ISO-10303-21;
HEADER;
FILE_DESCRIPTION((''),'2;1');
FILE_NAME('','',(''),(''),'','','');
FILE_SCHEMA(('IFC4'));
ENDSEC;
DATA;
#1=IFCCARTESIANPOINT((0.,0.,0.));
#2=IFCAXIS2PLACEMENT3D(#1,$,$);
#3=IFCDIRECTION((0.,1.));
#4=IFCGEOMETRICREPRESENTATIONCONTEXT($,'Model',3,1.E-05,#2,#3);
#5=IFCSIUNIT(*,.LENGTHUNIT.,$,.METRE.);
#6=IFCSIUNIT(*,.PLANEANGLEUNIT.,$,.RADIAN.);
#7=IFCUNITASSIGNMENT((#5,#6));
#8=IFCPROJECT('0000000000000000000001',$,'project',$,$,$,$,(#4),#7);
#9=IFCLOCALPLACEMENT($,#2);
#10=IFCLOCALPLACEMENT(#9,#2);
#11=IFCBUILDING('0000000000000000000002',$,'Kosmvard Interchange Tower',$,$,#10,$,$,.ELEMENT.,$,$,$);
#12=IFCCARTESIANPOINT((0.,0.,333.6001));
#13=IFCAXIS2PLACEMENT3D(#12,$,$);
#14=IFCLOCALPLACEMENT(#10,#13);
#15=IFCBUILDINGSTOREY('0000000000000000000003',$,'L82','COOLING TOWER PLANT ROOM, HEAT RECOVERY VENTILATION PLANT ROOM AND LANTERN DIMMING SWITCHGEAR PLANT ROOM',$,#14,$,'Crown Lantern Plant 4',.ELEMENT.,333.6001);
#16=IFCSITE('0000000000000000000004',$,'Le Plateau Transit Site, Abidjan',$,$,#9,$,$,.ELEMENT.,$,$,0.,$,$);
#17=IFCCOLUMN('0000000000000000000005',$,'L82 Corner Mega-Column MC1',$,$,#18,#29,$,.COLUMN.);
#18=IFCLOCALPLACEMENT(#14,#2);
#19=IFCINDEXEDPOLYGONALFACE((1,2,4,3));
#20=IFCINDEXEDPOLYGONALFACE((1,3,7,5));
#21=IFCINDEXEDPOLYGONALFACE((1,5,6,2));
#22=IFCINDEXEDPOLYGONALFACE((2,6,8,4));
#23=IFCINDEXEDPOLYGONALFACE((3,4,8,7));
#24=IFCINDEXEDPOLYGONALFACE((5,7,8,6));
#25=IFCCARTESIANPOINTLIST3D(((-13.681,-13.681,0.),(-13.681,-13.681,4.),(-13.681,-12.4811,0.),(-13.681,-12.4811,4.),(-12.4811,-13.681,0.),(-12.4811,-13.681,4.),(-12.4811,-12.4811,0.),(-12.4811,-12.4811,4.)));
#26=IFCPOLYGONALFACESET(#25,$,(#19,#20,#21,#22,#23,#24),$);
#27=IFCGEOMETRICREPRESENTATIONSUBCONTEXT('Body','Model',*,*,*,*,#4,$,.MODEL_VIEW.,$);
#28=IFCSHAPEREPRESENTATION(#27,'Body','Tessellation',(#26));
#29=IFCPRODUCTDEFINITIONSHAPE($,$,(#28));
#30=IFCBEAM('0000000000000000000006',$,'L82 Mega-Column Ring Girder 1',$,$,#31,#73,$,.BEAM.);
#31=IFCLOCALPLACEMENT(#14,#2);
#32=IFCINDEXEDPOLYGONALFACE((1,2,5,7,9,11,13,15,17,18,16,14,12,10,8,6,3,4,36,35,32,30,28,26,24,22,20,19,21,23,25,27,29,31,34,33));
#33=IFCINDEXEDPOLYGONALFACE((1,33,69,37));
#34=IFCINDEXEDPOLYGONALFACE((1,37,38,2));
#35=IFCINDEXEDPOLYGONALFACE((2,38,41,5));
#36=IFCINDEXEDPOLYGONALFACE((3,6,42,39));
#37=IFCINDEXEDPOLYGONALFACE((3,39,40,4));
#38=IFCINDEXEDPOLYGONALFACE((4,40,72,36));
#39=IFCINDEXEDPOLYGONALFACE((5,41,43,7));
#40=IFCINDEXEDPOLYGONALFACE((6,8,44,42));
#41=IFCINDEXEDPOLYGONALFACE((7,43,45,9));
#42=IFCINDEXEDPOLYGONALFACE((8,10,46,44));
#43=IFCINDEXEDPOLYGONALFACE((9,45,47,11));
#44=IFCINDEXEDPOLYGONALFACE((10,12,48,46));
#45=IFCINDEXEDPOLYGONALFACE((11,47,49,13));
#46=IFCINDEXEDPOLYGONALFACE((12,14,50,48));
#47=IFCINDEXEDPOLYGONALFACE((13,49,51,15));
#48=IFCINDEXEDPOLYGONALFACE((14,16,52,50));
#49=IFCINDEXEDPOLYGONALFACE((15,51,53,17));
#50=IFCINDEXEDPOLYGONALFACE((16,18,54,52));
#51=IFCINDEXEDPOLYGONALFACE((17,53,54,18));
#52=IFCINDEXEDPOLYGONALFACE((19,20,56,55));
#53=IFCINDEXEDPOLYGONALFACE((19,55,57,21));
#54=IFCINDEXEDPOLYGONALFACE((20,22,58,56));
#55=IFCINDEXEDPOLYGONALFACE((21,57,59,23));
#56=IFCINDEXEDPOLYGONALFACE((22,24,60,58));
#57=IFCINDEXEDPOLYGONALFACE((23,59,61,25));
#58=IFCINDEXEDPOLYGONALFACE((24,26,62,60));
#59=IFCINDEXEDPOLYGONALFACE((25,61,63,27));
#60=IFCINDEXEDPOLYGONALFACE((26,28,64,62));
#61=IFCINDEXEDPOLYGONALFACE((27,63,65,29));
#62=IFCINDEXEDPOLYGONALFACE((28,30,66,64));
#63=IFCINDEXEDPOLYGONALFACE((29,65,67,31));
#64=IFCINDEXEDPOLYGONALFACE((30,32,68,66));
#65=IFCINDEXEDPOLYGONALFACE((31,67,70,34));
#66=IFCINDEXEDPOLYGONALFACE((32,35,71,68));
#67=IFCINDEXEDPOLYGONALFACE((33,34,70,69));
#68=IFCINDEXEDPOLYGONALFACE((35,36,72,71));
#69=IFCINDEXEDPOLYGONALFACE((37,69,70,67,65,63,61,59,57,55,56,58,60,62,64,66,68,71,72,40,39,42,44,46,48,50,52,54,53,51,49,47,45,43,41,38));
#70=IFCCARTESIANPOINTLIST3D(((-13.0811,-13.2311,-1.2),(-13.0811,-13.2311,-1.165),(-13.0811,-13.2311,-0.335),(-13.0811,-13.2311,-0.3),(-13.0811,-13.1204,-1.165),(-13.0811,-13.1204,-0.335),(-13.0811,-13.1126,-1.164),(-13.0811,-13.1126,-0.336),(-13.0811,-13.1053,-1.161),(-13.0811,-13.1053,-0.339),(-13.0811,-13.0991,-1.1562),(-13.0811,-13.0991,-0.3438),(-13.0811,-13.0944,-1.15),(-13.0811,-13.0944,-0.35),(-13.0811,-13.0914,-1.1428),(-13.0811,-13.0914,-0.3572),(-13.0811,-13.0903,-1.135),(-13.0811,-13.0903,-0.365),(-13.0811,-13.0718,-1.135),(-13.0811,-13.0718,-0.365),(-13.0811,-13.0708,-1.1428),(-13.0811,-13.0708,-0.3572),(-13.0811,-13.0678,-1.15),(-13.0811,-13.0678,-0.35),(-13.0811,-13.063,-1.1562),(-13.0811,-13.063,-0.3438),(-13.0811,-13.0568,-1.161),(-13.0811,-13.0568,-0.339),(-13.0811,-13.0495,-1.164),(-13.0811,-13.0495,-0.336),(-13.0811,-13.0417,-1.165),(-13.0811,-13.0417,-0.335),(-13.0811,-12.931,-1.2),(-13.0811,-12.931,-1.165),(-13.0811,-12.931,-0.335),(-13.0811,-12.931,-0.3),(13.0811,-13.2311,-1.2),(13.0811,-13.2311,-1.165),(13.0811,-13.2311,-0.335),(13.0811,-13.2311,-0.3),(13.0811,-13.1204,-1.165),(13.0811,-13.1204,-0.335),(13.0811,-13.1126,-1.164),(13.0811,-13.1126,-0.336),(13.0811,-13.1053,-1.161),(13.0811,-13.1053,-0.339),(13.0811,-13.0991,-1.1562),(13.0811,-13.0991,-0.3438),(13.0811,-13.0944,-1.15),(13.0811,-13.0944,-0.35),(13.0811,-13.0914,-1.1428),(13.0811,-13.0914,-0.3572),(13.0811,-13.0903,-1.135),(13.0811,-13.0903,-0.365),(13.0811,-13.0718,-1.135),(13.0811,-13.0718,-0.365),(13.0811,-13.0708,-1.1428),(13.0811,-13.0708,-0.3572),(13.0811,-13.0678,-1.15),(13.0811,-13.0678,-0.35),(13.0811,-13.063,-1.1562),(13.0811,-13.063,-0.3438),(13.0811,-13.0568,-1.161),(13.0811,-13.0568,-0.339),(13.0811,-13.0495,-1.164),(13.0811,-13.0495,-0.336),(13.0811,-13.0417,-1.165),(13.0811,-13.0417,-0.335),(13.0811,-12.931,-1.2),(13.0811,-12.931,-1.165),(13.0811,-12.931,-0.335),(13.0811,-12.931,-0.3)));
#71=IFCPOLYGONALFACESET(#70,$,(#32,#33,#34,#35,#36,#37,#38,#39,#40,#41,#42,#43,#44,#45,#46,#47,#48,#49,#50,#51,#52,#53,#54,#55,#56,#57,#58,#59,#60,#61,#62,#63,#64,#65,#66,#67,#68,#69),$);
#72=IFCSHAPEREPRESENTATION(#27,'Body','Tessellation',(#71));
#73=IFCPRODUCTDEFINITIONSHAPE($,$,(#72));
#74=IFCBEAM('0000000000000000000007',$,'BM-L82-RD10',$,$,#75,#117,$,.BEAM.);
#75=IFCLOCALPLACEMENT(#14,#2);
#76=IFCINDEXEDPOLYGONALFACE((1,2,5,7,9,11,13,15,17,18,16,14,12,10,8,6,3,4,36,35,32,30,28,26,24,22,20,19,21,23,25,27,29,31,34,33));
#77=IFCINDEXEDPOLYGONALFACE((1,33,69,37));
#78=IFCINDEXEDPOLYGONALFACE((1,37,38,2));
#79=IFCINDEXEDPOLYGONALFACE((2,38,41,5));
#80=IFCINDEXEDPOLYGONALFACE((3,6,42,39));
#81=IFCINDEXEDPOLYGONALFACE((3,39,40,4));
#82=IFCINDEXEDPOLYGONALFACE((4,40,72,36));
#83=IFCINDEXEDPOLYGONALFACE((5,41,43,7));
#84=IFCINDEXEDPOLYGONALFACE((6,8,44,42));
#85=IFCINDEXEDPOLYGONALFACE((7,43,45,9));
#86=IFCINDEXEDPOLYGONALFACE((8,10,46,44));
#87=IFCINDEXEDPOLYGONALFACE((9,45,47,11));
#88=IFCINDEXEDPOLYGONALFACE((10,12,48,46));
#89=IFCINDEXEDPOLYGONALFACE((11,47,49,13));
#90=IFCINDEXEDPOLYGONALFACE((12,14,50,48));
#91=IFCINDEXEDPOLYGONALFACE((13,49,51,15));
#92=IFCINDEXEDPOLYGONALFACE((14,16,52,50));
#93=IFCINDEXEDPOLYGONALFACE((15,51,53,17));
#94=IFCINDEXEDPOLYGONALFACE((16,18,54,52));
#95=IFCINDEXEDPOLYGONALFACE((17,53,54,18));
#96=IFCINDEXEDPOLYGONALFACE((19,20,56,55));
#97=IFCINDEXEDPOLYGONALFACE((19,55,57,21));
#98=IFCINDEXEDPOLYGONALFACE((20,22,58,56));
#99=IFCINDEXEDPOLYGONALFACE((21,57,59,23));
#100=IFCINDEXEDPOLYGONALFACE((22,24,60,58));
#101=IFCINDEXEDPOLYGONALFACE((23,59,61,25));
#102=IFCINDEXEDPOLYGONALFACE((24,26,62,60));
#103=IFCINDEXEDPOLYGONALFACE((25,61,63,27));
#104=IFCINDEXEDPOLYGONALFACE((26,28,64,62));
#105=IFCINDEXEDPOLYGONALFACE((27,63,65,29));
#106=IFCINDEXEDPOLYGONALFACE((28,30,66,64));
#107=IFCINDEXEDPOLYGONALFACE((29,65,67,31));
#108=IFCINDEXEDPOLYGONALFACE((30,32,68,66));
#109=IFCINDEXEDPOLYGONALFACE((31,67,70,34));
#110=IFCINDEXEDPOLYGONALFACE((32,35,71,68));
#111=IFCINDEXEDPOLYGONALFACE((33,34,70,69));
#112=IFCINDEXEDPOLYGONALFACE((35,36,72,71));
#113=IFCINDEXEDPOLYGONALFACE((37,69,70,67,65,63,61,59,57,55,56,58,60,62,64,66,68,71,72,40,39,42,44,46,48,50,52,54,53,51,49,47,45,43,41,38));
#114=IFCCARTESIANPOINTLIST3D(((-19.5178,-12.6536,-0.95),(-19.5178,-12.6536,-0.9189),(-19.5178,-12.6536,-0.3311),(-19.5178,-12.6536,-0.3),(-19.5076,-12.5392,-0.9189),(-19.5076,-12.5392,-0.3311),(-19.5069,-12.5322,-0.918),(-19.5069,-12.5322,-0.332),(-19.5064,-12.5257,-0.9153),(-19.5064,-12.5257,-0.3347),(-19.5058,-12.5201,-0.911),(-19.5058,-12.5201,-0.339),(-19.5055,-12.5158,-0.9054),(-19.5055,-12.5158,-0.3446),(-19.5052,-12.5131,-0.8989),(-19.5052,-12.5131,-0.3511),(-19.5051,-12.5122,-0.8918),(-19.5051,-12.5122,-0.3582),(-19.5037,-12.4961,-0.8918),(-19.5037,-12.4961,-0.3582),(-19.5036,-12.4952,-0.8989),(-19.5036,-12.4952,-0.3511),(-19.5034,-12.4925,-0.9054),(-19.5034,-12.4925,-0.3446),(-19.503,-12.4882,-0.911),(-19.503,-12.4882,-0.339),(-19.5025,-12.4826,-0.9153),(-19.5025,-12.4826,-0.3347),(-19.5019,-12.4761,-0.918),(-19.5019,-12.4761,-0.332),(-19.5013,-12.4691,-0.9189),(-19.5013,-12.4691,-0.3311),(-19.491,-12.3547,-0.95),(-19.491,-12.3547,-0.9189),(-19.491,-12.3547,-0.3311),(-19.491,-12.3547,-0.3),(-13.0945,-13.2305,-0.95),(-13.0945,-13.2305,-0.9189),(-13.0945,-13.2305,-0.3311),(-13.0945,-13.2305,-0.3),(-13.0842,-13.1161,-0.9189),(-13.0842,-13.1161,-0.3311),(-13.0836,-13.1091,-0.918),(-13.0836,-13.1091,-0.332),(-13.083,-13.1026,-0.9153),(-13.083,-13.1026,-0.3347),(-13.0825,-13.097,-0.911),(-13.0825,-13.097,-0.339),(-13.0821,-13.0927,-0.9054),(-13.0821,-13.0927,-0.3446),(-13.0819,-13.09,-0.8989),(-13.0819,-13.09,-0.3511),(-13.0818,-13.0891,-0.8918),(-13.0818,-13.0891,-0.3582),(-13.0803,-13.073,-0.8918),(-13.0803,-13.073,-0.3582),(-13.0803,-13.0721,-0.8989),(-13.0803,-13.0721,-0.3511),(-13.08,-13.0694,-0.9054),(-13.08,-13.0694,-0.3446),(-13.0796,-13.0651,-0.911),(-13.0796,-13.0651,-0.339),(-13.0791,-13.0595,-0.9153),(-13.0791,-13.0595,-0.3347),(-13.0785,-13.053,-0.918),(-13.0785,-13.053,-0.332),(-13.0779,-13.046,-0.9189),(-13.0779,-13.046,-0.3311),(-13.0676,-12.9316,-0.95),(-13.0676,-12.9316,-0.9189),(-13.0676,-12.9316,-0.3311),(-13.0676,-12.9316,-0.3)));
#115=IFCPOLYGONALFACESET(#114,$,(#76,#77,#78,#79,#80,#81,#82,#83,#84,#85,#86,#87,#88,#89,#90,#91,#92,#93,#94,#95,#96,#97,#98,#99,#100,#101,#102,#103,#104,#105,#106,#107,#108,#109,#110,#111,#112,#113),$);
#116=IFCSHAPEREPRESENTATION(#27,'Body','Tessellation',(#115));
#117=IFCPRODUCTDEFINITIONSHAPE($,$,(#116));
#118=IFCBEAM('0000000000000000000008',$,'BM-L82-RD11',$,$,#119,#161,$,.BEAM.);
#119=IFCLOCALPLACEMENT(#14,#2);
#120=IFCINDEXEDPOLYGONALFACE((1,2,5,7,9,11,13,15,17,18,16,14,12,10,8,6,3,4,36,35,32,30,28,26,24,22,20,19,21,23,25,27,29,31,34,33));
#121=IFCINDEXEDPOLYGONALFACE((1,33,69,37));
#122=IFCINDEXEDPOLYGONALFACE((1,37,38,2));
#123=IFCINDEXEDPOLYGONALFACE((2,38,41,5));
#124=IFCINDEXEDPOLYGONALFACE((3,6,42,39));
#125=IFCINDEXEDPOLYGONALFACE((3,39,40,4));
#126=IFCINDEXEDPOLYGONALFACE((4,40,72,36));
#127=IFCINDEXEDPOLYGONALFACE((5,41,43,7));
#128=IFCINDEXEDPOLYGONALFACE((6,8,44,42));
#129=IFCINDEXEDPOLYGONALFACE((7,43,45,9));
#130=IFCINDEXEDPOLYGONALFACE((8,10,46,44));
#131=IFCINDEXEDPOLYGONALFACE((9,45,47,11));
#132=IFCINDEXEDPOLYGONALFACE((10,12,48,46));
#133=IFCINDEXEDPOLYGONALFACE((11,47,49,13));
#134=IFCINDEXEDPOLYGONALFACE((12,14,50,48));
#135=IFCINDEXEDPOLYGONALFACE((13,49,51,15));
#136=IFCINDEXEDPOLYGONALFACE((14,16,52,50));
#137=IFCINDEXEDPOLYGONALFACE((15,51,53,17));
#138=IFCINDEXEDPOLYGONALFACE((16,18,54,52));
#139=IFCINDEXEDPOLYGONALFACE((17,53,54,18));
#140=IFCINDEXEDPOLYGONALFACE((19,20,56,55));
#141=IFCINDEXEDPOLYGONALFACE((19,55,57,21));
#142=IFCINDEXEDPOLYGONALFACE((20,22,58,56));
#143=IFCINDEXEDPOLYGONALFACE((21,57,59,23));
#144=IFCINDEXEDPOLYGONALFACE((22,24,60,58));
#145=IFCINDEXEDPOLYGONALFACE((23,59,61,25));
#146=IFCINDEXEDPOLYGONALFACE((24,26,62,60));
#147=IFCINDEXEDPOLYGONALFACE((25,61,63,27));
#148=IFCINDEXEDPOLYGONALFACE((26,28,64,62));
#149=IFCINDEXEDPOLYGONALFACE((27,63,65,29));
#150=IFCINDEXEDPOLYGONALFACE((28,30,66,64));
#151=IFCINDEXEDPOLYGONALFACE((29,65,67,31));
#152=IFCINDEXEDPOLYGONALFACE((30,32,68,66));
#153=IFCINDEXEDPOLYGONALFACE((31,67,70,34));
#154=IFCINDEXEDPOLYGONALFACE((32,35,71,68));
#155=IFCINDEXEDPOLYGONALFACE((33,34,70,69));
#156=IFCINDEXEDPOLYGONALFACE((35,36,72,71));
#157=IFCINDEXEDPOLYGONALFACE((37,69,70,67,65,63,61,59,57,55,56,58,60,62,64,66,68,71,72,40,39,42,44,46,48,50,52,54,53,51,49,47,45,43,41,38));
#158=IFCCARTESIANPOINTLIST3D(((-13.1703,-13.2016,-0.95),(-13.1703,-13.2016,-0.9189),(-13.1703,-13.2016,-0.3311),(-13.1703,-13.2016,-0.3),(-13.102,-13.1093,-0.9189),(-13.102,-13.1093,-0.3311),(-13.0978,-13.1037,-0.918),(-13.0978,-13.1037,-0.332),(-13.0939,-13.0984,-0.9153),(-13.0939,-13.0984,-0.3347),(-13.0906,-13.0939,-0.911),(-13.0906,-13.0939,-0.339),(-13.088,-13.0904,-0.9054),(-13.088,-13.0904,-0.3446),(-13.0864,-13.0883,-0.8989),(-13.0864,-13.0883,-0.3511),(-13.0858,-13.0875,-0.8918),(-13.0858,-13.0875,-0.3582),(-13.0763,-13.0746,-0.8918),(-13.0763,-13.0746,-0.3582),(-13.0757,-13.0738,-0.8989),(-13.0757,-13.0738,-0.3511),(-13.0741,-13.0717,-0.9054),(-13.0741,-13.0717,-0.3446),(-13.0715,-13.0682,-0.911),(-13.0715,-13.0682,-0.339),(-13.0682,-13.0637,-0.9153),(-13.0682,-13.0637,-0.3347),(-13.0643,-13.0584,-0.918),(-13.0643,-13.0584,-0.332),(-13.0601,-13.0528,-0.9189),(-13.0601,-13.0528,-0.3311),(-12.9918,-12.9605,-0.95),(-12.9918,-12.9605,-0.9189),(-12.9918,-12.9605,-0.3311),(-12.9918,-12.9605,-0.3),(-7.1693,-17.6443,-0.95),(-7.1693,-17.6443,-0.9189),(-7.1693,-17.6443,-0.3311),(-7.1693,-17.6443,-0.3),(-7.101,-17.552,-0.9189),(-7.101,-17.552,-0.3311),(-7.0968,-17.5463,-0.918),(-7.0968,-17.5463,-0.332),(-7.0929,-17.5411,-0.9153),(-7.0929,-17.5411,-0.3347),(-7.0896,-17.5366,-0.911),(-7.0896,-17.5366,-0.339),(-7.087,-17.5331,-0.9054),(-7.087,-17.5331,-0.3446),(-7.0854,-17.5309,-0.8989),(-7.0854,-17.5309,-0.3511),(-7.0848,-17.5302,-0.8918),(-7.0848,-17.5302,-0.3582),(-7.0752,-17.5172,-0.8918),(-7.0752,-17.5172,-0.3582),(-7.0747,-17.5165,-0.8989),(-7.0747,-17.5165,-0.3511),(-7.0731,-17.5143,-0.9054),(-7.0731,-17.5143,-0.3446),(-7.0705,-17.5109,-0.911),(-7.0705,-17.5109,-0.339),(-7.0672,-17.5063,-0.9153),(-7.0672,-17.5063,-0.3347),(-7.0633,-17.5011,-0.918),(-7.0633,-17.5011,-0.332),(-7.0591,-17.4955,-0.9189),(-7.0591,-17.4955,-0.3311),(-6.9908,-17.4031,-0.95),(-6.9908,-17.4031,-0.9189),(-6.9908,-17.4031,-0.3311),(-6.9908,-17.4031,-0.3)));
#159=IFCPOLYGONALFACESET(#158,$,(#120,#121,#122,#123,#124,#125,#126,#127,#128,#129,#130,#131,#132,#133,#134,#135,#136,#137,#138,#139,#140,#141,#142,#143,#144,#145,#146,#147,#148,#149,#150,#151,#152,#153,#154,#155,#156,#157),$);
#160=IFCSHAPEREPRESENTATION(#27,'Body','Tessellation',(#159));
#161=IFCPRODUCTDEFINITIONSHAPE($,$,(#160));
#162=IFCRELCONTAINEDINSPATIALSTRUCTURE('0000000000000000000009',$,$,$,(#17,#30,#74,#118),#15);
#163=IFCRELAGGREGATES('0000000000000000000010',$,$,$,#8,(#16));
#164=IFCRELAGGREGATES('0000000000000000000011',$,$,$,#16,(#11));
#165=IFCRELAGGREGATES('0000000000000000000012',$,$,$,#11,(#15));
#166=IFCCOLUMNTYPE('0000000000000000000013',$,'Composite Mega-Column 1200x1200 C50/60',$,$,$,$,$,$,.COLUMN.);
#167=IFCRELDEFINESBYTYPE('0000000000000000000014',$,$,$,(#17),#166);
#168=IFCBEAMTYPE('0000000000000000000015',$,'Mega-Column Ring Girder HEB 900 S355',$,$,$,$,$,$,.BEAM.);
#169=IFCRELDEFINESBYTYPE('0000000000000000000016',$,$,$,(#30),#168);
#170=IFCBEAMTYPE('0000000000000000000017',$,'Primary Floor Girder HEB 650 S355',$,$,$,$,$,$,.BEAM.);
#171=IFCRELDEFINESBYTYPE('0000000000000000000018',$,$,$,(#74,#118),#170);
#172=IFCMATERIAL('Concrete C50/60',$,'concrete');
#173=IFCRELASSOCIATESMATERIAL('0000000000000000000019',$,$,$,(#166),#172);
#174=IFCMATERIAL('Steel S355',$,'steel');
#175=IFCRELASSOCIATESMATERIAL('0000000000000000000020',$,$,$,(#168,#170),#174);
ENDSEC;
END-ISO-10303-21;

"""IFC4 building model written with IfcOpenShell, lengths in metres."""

from ifc_helpers import new_model, si_unit, direction, frame, origin, origin_2d, place, context, subcontext, project, spatial, rectangle, i_section, extrude, source, transform, mapped, material, material_profile, profile_set, type_object, element, save


model = new_model("IFC4")

# Units and contexts
model_context = context("Model", 3, precision=1e-05, world=origin(), true_north=direction((0.0, 1.0)))
body_context = subcontext(model_context, "Body", "Model", "MODEL_VIEW")
ifc_project = project(units=[si_unit("LENGTHUNIT", "METRE"), si_unit("PLANEANGLEUNIT", "RADIAN")], contexts=[model_context])

# Site, building, storey
site_placement = place(None, origin())
site = spatial("IfcSite", under=ifc_project, at=site_placement, Name="Le Plateau Transit Site, Abidjan", CompositionType="ELEMENT", RefElevation=0.0)
building_placement = place(site_placement, origin())
building = spatial("IfcBuilding", under=site, at=building_placement, Name="Kosmvard Interchange Tower", CompositionType="ELEMENT")
storey_placement = place(building_placement, frame((0.0, 0.0, 333.6001)))
storey = spatial("IfcBuildingStorey", under=building, at=storey_placement, Name="L82", Description="COOLING TOWER PLANT ROOM, HEAT RECOVERY VENTILATION PLANT ROOM AND LANTERN DIMMING SWITCHGEAR PLANT ROOM", LongName="Crown Lantern Plant 4", CompositionType="ELEMENT", Elevation=333.6001)

# Column
ifc_material_1 = material(Name="Concrete C50/60", Category="concrete")
ifc_material_profile_1 = material_profile(ifc_material_1, rectangle(XDim=1.2, YDim=1.2, at=origin_2d()), Name="MC 1200x1200")
ifc_profile_set_1 = profile_set([ifc_material_profile_1], Name="Concrete C50/60")
column_type = type_object("IfcColumnType", Name="Composite Mega-Column 1200x1200 C50/60", PredefinedType="COLUMN", material=ifc_profile_set_1)
shared_shape_1 = source(origin(), body_context, "Body", "SweptSolid", [
    extrude(rectangle(XDim=1.2, YDim=1.2, at=origin_2d()), origin(), (0.0, 0.0, 1.0), 4.0),
])
column_placement = place(storey_placement, frame((-13.0811, -13.0811, 0.0), z_axis=(0.0, 0.0, 1.0), x_axis=(1.0, 0.0, 0.0)))
element("IfcColumn", 1, at=column_placement, inside=storey, type_object=column_type, Name="L82 Corner Mega-Column MC1", PredefinedType="COLUMN", context=body_context, shape_type="MappedRepresentation", body=[
    mapped(shared_shape_1, transform((0.0, 0.0, 0.0), scale=1.0)),
])

# Beams
ifc_material_2 = material(Name="Steel S355", Category="steel")
ifc_material_profile_2 = material_profile(ifc_material_2, i_section(OverallWidth=0.3, OverallDepth=0.8999, WebThickness=0.0186, FlangeThickness=0.0349, FilletRadius=0.03, at=origin_2d()), Name="HEB 900")
ifc_profile_set_2 = profile_set([ifc_material_profile_2], Name="Steel S355")
beam_type_1 = type_object("IfcBeamType", Name="Mega-Column Ring Girder HEB 900 S355", PredefinedType="BEAM", material=ifc_profile_set_2)
shared_shape_2 = source(origin(), body_context, "Body", "SweptSolid", [
    extrude(i_section(OverallWidth=0.3, OverallDepth=0.8999, WebThickness=0.0186, FlangeThickness=0.0349, FilletRadius=0.03, at=origin_2d()), origin(), (0.0, 0.0, 1.0), 26.1621),
])
beam_1_placement = place(storey_placement, frame((-13.0811, -13.0811, -0.75), z_axis=(1.0, 0.0, 0.0), x_axis=(0.0, 1.0, 0.0)))
element("IfcBeam", 2, at=beam_1_placement, inside=storey, type_object=beam_type_1, Name="L82 Mega-Column Ring Girder 1", PredefinedType="BEAM", context=body_context, shape_type="MappedRepresentation", body=[
    mapped(shared_shape_2, transform((0.0, 0.0, 0.0), scale=1.0)),
])
ifc_material_profile_3 = material_profile(ifc_material_2, i_section(OverallWidth=0.3, OverallDepth=0.6499, WebThickness=0.0161, FlangeThickness=0.031, FilletRadius=0.0271, at=origin_2d()), Name="HEB 650")
ifc_profile_set_3 = profile_set([ifc_material_profile_3], Name="Steel S355")
beam_type_2 = type_object("IfcBeamType", Name="Primary Floor Girder HEB 650 S355", PredefinedType="BEAM", material=ifc_profile_set_3)
shared_shape_3 = source(origin(), body_context, "Body", "SweptSolid", [
    extrude(i_section(OverallWidth=0.3, OverallDepth=0.6499, WebThickness=0.0161, FlangeThickness=0.031, FilletRadius=0.0271, at=origin_2d()), origin(), (0.0, 0.0, 1.0), 6.4492),
])
beam_2_placement = place(storey_placement, frame((-13.0811, -13.0811, -0.625), z_axis=(-0.995991, 0.089454, 0.0), x_axis=(-0.089454, -0.995991, 0.0)))
element("IfcBeam", 3, at=beam_2_placement, inside=storey, type_object=beam_type_2, Name="BM-L82-RD10", PredefinedType="BEAM", context=body_context, shape_type="MappedRepresentation", body=[
    mapped(shared_shape_3, transform((0.0, 0.0, 0.0), scale=1.0)),
])
shared_shape_4 = source(origin(), body_context, "Body", "SweptSolid", [
    extrude(i_section(OverallWidth=0.3, OverallDepth=0.6499, WebThickness=0.0161, FlangeThickness=0.031, FilletRadius=0.0271, at=origin_2d()), origin(), (0.0, 0.0, 1.0), 7.4666),
])
beam_3_placement = place(storey_placement, frame((-13.0811, -13.0811, -0.625), z_axis=(0.80372, -0.595008, 0.0), x_axis=(0.595008, 0.80372, 0.0)))
element("IfcBeam", 4, at=beam_3_placement, inside=storey, type_object=beam_type_2, Name="BM-L82-RD11", PredefinedType="BEAM", context=body_context, shape_type="MappedRepresentation", body=[
    mapped(shared_shape_4, transform((0.0, 0.0, 0.0), scale=1.0)),
])

save(model, "model.ifc")
